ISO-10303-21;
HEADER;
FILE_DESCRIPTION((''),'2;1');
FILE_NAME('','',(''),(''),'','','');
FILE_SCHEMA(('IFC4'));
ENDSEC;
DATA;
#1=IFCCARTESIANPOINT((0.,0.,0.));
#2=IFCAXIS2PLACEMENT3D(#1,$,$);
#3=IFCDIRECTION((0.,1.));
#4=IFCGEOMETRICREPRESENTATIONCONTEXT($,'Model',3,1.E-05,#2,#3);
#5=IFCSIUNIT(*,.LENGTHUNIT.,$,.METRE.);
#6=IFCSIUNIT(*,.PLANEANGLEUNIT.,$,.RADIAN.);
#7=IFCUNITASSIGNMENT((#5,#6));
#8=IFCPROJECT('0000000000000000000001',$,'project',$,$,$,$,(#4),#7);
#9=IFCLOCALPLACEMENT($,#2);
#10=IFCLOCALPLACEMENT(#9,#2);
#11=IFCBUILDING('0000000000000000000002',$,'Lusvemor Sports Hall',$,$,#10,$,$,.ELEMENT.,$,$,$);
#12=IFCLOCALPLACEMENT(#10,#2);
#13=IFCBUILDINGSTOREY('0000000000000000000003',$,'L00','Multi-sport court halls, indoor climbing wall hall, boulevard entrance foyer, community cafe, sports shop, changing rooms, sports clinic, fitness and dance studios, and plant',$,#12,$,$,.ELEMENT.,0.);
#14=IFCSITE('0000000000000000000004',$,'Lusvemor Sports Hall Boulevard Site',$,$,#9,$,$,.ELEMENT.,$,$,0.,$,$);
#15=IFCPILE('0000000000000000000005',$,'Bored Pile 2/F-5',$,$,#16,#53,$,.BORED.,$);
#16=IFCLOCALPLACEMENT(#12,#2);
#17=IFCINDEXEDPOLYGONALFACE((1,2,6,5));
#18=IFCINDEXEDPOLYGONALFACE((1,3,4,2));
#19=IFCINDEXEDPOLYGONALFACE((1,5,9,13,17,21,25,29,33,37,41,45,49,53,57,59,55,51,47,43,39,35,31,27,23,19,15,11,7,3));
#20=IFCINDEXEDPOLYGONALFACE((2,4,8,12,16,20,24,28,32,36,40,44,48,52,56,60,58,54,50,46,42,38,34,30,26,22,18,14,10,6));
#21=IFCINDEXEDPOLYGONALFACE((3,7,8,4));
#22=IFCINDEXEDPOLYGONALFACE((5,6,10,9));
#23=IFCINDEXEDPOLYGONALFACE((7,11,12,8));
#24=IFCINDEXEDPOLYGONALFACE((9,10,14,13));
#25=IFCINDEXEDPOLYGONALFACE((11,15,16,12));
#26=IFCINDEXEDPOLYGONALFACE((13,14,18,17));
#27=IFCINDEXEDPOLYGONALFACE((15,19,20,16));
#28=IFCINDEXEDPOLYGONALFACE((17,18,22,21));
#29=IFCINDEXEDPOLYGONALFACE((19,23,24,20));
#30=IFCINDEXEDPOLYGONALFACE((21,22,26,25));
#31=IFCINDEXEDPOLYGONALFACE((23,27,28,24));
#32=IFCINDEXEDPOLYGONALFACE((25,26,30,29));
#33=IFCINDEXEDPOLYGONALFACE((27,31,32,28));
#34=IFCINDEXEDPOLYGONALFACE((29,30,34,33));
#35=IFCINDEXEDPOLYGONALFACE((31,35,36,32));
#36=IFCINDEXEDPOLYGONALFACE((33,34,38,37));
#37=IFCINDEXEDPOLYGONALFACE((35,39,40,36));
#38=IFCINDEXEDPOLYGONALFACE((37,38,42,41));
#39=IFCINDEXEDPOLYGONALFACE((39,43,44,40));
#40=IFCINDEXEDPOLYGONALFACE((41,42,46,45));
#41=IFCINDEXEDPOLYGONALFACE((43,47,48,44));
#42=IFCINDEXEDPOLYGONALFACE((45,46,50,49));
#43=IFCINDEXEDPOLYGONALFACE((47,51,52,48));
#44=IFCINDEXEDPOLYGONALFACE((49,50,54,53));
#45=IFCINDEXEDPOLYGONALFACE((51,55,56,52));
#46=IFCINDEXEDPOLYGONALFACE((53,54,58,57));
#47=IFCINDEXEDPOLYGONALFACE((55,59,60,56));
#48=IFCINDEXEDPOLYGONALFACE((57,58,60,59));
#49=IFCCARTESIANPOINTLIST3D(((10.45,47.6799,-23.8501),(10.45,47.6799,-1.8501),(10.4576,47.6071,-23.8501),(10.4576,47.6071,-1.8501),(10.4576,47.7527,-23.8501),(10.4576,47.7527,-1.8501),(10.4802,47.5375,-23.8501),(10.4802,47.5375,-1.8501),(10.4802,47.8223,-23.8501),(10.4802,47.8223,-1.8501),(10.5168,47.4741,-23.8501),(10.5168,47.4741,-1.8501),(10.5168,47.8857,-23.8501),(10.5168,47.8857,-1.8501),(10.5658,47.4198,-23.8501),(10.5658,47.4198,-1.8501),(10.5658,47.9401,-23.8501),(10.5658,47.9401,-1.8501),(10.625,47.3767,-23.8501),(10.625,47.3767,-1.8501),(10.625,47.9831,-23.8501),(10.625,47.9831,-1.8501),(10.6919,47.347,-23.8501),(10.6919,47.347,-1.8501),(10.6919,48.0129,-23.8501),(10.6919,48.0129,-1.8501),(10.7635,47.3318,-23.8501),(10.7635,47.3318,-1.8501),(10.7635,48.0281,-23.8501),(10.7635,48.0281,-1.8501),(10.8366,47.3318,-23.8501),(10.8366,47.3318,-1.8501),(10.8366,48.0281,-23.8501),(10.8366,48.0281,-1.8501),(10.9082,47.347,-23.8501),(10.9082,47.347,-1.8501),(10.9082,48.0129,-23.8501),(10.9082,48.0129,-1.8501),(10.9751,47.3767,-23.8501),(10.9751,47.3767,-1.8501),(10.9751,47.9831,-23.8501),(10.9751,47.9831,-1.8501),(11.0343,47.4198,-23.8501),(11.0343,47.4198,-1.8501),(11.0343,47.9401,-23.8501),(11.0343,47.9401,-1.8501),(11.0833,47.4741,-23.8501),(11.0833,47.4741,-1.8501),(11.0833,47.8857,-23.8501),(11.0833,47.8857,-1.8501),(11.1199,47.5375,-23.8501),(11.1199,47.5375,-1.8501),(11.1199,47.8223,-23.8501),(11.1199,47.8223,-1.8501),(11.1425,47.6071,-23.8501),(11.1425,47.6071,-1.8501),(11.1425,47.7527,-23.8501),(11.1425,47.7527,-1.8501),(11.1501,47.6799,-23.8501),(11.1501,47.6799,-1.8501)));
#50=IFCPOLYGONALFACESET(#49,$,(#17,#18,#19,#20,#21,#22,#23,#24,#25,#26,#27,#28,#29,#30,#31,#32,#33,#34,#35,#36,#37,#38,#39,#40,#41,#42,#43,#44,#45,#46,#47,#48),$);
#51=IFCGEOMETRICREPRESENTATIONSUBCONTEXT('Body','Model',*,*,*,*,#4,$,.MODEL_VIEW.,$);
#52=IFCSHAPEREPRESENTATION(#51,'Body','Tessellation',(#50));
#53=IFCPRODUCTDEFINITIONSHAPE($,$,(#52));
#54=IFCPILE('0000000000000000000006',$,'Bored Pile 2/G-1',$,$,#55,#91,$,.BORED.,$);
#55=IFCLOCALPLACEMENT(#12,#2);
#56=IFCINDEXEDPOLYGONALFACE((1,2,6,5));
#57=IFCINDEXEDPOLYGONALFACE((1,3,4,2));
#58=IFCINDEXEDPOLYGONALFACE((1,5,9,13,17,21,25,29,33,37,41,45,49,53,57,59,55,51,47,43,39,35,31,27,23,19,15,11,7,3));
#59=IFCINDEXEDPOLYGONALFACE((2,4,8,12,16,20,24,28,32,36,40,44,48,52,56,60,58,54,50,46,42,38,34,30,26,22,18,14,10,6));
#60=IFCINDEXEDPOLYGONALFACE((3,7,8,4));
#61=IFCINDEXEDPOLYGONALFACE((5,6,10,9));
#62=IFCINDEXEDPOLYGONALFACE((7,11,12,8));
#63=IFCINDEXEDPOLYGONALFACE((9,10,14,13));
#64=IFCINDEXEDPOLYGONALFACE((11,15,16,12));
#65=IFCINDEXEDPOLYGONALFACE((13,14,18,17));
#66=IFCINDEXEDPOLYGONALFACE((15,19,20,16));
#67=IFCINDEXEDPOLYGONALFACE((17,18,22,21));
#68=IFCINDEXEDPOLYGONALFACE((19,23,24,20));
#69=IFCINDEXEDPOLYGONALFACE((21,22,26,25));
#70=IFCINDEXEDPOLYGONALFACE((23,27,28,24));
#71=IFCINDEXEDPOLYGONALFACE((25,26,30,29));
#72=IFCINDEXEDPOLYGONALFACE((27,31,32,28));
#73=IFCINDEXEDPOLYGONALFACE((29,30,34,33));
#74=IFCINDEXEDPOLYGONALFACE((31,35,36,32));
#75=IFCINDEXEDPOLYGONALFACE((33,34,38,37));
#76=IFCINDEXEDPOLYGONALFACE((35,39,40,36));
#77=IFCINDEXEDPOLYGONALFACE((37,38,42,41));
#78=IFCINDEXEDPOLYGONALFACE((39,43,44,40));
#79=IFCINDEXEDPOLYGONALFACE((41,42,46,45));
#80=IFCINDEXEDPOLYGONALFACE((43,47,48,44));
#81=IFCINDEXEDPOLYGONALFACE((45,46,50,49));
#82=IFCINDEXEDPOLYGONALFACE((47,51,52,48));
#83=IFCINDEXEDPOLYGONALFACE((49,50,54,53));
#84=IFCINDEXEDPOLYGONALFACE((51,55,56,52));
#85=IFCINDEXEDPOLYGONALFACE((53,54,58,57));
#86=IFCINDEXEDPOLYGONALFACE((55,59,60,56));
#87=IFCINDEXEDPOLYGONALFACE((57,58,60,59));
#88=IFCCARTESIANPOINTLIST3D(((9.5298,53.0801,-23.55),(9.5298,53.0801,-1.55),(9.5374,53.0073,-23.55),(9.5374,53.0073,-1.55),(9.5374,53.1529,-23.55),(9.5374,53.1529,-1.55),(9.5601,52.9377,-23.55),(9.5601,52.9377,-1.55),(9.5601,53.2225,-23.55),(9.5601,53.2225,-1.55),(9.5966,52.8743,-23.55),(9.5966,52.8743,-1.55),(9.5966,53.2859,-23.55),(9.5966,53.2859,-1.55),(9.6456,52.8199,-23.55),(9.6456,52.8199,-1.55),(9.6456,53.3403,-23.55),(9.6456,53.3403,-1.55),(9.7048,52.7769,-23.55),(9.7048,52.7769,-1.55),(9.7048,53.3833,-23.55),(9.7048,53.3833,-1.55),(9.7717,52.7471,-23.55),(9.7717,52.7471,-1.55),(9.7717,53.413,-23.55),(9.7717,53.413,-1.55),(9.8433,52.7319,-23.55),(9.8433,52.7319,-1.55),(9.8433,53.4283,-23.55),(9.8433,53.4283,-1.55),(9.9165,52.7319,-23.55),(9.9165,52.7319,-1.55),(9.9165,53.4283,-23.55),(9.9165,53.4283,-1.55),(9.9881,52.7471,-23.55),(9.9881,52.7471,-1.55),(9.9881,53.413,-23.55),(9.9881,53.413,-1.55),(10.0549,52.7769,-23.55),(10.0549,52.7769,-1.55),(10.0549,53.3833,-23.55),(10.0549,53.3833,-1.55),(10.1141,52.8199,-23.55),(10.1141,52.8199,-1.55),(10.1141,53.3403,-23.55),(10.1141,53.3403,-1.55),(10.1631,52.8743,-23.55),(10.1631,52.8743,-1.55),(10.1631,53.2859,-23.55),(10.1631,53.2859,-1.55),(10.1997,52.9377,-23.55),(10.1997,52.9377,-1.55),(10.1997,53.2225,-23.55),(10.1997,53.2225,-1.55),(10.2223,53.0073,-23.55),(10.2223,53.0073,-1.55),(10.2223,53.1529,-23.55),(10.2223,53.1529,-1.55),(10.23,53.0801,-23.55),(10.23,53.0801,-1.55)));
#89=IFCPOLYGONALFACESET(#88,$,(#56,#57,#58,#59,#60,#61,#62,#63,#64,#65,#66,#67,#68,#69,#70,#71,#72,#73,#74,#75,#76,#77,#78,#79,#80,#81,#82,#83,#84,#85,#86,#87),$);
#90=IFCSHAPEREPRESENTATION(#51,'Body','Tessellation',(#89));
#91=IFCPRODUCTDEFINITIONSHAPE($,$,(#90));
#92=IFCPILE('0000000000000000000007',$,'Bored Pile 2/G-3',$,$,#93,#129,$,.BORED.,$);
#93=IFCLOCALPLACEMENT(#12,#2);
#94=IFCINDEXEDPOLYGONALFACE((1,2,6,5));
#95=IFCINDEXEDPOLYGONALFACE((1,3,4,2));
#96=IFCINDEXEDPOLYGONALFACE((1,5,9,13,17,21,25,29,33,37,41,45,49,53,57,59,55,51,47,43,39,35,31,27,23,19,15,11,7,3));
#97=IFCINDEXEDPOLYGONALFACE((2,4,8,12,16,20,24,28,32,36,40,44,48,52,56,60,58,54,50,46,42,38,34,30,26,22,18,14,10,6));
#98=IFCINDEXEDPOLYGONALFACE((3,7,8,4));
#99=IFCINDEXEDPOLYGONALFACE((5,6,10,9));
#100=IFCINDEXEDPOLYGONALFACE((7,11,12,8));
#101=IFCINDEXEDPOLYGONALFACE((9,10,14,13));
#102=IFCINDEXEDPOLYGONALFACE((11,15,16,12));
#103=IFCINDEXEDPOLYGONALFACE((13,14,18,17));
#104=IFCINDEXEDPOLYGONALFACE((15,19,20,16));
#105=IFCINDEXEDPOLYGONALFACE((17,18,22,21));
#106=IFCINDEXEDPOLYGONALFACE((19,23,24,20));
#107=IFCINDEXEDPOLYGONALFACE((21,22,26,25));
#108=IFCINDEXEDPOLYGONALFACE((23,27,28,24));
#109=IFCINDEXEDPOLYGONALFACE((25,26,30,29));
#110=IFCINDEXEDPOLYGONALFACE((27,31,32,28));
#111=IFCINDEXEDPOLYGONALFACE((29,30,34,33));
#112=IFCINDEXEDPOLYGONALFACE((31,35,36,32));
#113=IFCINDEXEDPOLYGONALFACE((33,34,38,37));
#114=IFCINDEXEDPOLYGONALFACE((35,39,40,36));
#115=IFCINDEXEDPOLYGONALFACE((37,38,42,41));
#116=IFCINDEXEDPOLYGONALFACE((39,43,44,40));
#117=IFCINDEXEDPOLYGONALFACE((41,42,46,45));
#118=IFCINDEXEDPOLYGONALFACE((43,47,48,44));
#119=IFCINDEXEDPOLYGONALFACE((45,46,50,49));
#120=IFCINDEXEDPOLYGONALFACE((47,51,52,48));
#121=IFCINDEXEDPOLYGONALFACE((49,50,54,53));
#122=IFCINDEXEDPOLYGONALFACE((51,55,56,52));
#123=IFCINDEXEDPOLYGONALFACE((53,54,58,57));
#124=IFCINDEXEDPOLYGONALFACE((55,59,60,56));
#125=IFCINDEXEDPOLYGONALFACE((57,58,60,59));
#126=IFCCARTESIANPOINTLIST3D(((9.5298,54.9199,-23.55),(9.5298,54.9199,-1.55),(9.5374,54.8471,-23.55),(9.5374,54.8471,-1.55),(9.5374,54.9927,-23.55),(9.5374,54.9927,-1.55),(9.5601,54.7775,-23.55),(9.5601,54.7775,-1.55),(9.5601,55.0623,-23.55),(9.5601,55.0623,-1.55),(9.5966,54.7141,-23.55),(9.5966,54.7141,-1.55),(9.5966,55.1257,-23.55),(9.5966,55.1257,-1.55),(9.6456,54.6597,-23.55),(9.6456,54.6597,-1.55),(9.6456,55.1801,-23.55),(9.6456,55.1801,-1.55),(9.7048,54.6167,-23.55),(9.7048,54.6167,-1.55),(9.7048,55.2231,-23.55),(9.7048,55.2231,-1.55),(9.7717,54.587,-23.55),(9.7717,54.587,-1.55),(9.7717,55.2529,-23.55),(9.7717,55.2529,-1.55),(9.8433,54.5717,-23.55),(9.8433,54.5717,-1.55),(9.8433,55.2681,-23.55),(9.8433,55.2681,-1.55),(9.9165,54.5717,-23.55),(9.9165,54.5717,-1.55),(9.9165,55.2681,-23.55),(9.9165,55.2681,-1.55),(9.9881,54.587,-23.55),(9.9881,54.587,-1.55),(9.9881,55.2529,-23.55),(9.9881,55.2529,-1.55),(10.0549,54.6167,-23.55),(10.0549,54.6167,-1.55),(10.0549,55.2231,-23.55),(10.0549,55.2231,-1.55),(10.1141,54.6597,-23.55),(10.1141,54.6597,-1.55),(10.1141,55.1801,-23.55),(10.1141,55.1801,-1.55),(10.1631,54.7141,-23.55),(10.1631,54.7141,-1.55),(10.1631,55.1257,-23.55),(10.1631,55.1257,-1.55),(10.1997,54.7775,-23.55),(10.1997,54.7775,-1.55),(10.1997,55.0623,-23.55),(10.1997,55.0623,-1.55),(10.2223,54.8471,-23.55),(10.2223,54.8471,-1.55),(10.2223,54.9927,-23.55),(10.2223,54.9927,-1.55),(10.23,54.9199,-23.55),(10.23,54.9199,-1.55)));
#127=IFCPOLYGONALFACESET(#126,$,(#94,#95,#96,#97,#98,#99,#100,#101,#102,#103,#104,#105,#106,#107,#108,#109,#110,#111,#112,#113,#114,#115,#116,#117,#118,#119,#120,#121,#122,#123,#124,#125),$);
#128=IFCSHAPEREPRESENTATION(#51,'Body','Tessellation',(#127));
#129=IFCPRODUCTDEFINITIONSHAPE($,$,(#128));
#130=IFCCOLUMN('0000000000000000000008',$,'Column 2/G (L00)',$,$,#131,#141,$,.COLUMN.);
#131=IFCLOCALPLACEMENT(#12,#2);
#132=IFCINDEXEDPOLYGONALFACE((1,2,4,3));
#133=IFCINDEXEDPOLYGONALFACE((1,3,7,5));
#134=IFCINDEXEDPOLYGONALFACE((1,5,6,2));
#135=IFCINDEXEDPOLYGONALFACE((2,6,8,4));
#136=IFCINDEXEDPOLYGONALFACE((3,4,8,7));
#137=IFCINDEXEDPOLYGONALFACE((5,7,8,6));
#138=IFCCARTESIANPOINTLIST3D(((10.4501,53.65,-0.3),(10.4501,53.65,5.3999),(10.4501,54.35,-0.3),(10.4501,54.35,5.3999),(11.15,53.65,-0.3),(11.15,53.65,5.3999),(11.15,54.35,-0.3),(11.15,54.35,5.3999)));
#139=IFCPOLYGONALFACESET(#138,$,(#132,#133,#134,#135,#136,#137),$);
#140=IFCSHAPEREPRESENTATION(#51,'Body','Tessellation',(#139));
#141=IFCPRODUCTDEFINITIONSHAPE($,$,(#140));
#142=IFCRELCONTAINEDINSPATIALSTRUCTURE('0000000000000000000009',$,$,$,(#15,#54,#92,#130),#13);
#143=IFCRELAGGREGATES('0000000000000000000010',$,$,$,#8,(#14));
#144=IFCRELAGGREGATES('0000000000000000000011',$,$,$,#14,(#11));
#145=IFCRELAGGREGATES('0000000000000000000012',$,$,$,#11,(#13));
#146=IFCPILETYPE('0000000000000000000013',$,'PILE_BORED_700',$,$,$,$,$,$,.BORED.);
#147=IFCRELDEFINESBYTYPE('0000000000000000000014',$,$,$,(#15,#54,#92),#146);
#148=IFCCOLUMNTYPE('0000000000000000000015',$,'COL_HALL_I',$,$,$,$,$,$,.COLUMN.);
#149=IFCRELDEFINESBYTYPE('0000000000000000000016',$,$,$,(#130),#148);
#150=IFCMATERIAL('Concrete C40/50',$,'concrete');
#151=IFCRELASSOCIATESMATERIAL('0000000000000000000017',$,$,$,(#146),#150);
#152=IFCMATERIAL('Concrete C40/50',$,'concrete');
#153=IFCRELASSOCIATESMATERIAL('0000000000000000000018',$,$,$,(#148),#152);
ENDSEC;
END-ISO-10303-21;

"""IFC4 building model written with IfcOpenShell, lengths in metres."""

from ifc_helpers import new_model, si_unit, direction, frame, origin, origin_2d, place, context, subcontext, project, spatial, rectangle, circle, extrude, material, material_profile, profile_set, type_object, element, save


model = new_model("IFC4")

# Units and contexts
model_context = context("Model", 3, precision=1e-05, world=origin(), true_north=direction((0.0, 1.0)))
body_context = subcontext(model_context, "Body", "Model", "MODEL_VIEW")
ifc_project = project(units=[si_unit("LENGTHUNIT", "METRE"), si_unit("PLANEANGLEUNIT", "RADIAN")], contexts=[model_context])

# Site, building, storey
site_placement = place(None, origin())
site = spatial("IfcSite", under=ifc_project, at=site_placement, Name="Lusvemor Sports Hall Boulevard Site", CompositionType="ELEMENT", RefElevation=0.0)
building_placement = place(site_placement, origin())
building = spatial("IfcBuilding", under=site, at=building_placement, Name="Lusvemor Sports Hall", CompositionType="ELEMENT")
storey_placement = place(building_placement, origin())
storey = spatial("IfcBuildingStorey", under=building, at=storey_placement, Name="L00", Description="Multi-sport court halls, indoor climbing wall hall, boulevard entrance foyer, community cafe, sports shop, changing rooms, sports clinic, fitness and dance studios, and plant", CompositionType="ELEMENT", Elevation=0.0)

# Piles
ifc_material_1 = material(Name="Concrete C40/50", Category="concrete")
ifc_material_profile_1 = material_profile(ifc_material_1, circle(Radius=0.3501, at=origin_2d()), Name="PILE700")
ifc_profile_set_1 = profile_set([ifc_material_profile_1], Name="Concrete C40/50")
pile_type = type_object("IfcPileType", Name="PILE_BORED_700", PredefinedType="BORED", material=ifc_profile_set_1)
for number, where, z_axis, x_axis, name in (
    (1, (10.8, 47.6799, -1.8501), (0.0, 0.0, -1.0), (1.0, 0.0, 0.0), "Bored Pile 2/F-5"),
    (2, (9.8799, 53.0801, -1.55), (0.0, 0.0, -1.0), (1.0, 0.0, 0.0), "Bored Pile 2/G-1"),
    (3, (9.8799, 54.9199, -1.55), (0.0, 0.0, -1.0), (1.0, 0.0, 0.0), "Bored Pile 2/G-3"),
):
    element("IfcPile", number, at=place(storey_placement, frame(where, z_axis=z_axis, x_axis=x_axis)), inside=storey, type_object=pile_type, Name=name, PredefinedType="BORED", context=body_context, shape_type="SweptSolid", body=[
        extrude(circle(Radius=0.3501, at=origin_2d()), origin(), (0.0, 0.0, 1.0), 22.0),
    ])

# Column
ifc_material_2 = material(Name="Concrete C40/50", Category="concrete")
ifc_material_profile_2 = material_profile(ifc_material_2, rectangle(XDim=0.7, YDim=0.7, at=origin_2d()), Name="RC700x700")
ifc_profile_set_2 = profile_set([ifc_material_profile_2], Name="Concrete C40/50")
column_type = type_object("IfcColumnType", Name="COL_HALL_I", PredefinedType="COLUMN", material=ifc_profile_set_2)
column_placement = place(storey_placement, frame((10.8, 54.0, -0.3), z_axis=(0.0, 0.0, 1.0), x_axis=(1.0, 0.0, 0.0)))
element("IfcColumn", 4, at=column_placement, inside=storey, type_object=column_type, Name="Column 2/G (L00)", PredefinedType="COLUMN", context=body_context, shape_type="SweptSolid", body=[
    extrude(rectangle(XDim=0.7, YDim=0.7, at=origin_2d()), origin(), (0.0, 0.0, 1.0), 5.7),
])

save(model, "model.ifc")
